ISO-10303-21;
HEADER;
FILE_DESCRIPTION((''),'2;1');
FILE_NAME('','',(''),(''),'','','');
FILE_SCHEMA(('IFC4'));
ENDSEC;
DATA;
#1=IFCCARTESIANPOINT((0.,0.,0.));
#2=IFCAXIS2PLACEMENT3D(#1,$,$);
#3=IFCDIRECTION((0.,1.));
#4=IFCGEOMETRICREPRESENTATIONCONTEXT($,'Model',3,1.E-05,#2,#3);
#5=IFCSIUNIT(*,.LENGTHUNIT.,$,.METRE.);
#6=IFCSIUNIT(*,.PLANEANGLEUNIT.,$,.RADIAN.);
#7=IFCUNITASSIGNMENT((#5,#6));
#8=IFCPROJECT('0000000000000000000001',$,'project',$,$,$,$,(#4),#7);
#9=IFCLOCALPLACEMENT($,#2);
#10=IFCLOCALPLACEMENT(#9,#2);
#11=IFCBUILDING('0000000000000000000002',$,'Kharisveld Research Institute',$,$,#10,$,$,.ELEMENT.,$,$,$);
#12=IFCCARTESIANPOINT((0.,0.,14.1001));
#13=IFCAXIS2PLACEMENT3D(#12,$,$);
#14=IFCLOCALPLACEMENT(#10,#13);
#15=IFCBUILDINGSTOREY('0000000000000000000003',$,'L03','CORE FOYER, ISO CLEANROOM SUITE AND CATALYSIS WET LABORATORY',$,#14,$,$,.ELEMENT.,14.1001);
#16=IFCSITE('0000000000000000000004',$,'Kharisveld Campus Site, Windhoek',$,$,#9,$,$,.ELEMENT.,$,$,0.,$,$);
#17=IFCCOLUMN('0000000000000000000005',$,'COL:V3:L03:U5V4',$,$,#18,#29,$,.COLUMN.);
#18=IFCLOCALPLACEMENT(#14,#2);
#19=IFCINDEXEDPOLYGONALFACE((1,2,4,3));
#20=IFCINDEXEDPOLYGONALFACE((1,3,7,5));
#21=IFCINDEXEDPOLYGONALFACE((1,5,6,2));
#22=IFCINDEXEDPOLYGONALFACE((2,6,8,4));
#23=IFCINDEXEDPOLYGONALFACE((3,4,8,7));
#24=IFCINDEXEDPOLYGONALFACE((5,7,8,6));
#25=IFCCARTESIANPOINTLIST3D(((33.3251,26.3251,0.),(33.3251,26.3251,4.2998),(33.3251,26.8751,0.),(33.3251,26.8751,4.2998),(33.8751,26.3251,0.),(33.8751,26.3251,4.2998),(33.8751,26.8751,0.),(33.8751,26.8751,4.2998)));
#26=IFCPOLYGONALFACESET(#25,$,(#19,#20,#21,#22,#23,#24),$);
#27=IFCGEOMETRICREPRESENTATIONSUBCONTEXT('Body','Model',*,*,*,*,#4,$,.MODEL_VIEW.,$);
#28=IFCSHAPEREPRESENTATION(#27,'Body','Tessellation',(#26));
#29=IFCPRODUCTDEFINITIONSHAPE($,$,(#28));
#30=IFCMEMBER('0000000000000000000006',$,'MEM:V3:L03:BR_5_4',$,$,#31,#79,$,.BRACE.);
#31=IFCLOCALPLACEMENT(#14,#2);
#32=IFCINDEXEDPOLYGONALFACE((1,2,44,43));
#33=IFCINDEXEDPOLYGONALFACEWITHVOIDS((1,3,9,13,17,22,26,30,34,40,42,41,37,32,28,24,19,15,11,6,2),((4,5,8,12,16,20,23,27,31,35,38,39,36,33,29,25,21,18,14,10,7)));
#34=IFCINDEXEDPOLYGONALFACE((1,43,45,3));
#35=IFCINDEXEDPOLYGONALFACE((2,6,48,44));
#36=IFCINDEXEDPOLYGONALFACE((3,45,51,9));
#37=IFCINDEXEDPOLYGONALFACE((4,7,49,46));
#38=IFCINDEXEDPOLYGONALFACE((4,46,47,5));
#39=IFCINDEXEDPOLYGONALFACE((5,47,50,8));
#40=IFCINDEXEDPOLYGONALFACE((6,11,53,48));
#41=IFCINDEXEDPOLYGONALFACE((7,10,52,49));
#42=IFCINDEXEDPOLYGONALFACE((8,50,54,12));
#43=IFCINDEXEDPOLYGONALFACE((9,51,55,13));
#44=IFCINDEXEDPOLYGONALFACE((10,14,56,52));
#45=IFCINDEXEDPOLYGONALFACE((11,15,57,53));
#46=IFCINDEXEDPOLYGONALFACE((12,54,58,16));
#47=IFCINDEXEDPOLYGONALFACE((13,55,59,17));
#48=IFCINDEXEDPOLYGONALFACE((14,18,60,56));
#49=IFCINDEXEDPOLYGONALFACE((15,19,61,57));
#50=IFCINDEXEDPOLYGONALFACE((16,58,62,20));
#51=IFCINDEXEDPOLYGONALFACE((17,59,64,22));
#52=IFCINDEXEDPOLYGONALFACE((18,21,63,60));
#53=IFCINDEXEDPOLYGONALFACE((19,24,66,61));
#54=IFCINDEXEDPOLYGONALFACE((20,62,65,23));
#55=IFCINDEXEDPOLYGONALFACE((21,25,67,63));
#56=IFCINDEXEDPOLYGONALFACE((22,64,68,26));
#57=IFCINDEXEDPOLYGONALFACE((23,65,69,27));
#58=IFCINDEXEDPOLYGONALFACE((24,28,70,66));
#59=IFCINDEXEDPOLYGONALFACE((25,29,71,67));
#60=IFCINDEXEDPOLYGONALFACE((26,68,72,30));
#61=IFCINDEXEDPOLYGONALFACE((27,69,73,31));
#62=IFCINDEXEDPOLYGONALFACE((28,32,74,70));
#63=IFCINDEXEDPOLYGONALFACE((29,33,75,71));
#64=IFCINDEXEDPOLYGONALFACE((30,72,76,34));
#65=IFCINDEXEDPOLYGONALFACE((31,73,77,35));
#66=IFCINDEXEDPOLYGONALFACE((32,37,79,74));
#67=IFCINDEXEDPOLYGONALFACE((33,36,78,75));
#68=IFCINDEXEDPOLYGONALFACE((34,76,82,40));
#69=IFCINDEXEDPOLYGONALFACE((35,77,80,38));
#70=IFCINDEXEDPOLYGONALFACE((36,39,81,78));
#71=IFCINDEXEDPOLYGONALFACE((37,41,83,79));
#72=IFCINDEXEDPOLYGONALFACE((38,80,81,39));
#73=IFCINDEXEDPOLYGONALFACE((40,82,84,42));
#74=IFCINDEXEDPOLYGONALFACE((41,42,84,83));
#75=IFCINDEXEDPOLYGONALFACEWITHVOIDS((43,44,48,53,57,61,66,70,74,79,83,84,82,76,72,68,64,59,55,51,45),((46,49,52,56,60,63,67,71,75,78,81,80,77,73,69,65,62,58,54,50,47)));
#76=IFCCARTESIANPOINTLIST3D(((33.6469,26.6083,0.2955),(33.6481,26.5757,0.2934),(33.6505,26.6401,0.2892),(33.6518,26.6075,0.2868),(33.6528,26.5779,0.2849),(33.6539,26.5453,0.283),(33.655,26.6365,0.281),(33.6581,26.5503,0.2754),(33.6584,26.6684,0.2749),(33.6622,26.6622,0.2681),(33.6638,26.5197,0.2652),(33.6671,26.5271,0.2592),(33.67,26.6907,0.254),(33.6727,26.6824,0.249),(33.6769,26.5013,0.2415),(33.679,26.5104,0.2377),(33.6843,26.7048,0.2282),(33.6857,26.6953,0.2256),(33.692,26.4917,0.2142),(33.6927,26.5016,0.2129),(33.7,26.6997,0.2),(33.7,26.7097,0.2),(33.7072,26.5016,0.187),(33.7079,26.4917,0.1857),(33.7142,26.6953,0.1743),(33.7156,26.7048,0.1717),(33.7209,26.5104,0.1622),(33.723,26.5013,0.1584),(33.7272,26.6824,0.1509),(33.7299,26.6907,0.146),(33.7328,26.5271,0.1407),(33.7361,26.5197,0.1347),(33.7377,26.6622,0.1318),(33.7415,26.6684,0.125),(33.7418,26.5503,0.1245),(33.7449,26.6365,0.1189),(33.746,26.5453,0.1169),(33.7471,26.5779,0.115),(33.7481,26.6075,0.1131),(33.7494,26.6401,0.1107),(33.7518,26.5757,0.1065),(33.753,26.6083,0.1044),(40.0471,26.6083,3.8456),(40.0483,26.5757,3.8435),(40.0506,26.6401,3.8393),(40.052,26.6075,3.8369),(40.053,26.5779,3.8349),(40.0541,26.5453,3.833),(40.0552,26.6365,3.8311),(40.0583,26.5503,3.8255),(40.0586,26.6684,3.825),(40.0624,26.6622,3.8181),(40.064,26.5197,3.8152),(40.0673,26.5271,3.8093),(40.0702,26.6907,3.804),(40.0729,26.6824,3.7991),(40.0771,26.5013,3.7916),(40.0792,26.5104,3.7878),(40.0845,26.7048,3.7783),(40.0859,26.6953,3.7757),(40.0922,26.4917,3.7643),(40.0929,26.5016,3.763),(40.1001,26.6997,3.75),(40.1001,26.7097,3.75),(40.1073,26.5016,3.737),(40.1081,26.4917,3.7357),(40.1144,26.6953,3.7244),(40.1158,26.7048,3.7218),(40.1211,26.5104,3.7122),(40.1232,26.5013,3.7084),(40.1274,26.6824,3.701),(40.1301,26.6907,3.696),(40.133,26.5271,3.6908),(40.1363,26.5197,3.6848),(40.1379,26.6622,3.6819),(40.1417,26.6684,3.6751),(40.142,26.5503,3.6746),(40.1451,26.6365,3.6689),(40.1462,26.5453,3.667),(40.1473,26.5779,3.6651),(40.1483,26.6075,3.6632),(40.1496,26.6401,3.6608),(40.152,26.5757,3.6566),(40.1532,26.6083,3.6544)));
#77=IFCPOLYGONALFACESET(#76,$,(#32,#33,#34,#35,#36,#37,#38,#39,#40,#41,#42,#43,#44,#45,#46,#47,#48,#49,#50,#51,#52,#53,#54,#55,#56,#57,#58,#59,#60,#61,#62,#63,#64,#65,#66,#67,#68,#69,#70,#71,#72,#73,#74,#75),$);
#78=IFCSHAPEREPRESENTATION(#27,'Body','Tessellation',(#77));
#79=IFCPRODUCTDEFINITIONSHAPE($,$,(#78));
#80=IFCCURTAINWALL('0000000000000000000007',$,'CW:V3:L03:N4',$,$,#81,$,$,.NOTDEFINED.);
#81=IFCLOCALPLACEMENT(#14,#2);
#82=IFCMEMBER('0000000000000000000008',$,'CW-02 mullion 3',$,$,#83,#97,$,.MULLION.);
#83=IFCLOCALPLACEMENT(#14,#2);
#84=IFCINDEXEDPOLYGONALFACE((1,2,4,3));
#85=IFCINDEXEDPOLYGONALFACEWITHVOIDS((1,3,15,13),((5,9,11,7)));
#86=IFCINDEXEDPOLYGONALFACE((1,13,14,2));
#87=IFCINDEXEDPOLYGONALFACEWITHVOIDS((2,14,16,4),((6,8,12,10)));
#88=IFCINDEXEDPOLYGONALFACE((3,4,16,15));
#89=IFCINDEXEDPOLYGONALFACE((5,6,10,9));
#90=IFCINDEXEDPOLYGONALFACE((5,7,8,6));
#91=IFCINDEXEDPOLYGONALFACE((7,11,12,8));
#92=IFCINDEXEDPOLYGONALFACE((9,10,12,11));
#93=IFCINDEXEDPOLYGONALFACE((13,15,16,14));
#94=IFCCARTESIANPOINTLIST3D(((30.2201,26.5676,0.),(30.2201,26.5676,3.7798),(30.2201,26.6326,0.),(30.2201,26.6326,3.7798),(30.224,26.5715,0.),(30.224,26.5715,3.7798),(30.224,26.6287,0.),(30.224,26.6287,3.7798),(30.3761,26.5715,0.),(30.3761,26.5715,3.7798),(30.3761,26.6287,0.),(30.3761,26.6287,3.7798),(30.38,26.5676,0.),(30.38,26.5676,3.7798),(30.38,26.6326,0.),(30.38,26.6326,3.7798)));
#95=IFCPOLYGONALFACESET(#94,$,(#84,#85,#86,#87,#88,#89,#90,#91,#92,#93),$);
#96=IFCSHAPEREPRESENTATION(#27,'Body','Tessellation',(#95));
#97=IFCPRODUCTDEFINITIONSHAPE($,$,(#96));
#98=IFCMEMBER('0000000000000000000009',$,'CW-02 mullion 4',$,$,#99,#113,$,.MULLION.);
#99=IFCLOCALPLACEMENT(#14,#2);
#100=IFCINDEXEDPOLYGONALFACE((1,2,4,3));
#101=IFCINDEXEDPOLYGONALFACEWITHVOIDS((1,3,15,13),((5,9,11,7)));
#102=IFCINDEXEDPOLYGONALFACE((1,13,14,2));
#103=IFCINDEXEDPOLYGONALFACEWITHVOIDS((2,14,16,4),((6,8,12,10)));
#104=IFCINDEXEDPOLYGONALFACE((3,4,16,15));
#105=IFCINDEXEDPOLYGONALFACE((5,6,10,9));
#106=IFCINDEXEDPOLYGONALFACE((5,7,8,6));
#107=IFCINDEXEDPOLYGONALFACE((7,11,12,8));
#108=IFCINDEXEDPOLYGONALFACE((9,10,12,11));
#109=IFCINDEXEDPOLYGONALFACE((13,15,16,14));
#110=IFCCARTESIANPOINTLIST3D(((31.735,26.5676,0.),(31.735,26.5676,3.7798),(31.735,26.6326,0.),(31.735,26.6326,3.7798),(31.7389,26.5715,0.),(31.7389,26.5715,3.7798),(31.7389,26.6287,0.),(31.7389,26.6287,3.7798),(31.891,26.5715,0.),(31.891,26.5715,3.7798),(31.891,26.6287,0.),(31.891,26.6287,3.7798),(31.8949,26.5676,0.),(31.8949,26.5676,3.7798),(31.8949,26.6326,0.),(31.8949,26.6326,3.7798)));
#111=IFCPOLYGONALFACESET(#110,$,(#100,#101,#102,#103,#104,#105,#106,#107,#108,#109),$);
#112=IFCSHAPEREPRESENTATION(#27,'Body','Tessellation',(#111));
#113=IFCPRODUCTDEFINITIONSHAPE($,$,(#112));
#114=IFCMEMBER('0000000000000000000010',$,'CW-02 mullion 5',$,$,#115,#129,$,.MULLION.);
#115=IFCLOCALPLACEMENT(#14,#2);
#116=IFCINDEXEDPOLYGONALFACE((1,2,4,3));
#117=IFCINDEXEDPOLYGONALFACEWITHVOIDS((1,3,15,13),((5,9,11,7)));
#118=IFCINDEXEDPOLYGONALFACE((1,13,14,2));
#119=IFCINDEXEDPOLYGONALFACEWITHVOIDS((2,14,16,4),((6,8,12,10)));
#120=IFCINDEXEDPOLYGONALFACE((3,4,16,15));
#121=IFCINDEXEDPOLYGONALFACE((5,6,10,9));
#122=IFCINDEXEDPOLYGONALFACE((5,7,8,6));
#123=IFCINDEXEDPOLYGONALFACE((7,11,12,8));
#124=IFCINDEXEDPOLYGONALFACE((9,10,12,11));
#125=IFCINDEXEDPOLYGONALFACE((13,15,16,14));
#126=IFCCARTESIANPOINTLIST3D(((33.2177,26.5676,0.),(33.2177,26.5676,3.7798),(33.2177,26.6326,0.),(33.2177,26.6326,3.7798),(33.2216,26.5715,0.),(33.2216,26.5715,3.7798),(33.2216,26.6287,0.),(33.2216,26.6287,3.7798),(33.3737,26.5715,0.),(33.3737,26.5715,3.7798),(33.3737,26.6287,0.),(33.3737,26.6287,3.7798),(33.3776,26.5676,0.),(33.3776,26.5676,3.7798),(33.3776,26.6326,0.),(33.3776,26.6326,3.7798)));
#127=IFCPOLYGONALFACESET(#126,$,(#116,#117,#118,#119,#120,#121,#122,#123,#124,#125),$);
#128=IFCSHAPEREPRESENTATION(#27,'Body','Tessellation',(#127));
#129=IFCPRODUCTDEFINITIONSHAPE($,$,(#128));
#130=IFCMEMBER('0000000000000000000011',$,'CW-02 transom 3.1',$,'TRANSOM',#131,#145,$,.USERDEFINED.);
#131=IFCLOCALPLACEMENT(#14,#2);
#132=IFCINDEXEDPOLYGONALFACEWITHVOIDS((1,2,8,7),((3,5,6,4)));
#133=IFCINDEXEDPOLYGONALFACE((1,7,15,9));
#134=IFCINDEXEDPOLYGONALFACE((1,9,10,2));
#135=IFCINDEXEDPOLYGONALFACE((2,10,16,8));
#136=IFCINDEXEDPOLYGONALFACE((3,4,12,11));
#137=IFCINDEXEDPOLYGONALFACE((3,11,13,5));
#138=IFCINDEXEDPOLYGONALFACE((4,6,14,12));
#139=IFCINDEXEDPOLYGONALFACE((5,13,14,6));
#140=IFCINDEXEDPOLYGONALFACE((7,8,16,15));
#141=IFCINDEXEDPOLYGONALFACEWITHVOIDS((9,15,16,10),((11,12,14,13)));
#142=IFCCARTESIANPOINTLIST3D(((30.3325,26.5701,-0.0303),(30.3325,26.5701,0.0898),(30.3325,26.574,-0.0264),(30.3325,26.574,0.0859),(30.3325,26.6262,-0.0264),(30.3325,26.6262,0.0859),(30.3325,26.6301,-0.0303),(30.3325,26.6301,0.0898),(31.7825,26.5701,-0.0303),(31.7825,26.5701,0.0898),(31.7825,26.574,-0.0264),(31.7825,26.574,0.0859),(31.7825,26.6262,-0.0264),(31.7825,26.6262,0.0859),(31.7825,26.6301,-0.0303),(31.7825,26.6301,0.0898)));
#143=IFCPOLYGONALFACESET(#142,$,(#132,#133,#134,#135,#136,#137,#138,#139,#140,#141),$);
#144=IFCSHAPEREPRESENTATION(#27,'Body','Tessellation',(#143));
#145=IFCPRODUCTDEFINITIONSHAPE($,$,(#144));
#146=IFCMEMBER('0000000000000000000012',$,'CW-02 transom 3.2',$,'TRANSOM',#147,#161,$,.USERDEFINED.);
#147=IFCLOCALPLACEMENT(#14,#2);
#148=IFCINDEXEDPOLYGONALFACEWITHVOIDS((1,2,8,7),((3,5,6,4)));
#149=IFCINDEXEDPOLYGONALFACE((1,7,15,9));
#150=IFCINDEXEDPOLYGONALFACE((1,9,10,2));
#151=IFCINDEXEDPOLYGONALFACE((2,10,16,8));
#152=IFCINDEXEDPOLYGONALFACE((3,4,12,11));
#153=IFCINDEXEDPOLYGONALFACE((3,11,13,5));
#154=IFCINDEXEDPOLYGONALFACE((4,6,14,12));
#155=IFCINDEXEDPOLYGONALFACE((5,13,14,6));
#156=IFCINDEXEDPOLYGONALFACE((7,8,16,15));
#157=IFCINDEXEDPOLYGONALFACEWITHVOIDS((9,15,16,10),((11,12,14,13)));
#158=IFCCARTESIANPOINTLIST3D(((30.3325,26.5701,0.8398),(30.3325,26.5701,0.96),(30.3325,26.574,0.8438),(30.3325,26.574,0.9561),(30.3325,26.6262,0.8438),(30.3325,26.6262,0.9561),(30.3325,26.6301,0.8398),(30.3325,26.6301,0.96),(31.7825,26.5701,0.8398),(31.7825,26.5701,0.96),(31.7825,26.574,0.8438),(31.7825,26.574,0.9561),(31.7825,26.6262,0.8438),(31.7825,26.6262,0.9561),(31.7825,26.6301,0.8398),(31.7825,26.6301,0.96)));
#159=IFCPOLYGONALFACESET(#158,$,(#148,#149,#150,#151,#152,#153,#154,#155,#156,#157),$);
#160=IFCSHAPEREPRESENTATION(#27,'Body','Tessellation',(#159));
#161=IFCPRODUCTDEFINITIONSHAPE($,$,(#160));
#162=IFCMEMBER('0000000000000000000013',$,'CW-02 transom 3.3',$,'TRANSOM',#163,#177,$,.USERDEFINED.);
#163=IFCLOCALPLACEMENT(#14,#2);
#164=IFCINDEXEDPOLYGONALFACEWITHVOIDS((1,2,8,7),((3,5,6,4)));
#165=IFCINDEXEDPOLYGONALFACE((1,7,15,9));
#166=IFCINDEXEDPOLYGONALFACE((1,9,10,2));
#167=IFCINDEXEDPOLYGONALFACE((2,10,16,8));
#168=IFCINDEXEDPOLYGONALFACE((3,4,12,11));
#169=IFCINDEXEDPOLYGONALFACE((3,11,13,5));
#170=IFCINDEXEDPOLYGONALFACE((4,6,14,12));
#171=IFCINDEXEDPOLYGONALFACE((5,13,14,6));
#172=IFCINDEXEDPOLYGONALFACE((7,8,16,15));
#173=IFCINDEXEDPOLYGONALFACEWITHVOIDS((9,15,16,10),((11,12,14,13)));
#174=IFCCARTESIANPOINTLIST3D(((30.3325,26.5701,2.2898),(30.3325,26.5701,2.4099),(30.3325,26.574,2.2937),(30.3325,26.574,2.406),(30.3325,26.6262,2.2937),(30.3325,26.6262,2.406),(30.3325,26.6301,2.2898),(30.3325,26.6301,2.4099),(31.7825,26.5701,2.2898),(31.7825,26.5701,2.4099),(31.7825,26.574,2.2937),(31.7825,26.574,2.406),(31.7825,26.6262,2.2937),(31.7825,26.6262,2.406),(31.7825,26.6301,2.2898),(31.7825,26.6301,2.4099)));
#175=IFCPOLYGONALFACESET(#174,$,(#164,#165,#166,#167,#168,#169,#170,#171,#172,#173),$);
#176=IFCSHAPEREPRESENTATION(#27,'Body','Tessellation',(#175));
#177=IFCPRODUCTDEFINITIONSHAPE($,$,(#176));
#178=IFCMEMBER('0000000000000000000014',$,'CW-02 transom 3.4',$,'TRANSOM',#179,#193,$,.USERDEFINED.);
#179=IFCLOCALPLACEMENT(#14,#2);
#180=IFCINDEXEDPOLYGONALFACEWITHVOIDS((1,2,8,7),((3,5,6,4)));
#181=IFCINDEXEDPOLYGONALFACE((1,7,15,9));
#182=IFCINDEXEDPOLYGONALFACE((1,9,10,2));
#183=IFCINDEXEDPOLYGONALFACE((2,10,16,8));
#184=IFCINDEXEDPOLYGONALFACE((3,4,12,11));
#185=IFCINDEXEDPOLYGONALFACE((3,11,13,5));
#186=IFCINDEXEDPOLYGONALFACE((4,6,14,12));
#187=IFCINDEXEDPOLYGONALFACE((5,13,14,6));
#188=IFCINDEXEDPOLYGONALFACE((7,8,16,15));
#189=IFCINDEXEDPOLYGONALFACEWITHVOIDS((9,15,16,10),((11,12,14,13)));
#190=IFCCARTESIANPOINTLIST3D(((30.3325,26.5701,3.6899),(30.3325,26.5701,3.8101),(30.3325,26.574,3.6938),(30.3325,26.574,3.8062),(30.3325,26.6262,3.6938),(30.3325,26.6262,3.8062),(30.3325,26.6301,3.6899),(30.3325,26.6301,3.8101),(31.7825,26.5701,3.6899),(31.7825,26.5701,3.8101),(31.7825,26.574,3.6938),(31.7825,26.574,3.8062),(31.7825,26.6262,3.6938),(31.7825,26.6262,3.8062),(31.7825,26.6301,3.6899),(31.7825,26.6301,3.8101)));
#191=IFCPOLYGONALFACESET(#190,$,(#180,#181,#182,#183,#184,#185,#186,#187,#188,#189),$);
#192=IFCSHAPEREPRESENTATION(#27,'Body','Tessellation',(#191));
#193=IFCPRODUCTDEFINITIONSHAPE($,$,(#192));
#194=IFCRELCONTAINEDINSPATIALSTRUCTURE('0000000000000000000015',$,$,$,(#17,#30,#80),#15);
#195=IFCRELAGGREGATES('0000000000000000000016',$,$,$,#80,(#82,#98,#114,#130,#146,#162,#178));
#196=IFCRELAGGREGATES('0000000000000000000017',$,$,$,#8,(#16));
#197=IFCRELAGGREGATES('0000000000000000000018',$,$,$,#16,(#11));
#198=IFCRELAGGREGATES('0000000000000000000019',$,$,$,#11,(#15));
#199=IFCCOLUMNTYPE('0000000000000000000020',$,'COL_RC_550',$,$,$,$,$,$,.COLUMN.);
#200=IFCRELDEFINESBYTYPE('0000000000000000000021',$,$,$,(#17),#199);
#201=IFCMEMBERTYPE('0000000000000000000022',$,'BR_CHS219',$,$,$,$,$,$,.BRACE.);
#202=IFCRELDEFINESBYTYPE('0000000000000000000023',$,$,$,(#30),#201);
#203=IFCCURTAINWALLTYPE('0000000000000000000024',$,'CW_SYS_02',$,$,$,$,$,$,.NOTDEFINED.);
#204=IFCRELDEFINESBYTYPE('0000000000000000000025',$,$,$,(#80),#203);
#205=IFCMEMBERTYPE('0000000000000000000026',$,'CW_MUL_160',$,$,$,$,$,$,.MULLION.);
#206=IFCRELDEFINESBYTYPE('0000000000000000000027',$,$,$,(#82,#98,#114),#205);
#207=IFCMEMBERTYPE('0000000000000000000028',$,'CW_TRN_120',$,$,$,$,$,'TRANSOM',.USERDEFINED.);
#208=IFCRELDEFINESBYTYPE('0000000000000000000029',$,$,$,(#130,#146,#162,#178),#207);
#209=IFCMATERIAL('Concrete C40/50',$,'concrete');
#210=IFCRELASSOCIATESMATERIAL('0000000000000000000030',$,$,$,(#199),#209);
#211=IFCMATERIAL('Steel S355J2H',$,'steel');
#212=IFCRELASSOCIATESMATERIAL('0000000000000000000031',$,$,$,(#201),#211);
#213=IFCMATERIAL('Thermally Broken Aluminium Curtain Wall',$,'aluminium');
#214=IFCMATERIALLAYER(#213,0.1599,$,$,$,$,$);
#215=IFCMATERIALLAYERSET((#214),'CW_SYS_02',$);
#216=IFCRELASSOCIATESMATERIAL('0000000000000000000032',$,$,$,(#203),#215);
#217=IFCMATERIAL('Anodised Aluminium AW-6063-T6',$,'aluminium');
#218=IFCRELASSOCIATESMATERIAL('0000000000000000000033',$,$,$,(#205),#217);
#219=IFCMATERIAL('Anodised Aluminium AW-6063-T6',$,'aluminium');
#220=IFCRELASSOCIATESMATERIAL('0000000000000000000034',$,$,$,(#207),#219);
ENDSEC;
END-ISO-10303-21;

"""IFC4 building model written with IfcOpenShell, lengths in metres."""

from ifc_helpers import new_model, si_unit, direction, frame, origin, origin_2d, place, context, subcontext, project, spatial, rectangle, hollow_rectangle, hollow_circle, extrude, material, layer, layer_set, material_profile, profile_set, type_object, element, aggregate, save


model = new_model("IFC4")

# Units and contexts
model_context = context("Model", 3, precision=1e-05, world=origin(), true_north=direction((0.0, 1.0)))
body_context = subcontext(model_context, "Body", "Model", "MODEL_VIEW")
ifc_project = project(units=[si_unit("LENGTHUNIT", "METRE"), si_unit("PLANEANGLEUNIT", "RADIAN")], contexts=[model_context])

# Site, building, storey
site_placement = place(None, origin())
site = spatial("IfcSite", under=ifc_project, at=site_placement, Name="Kharisveld Campus Site, Windhoek", CompositionType="ELEMENT", RefElevation=0.0)
building_placement = place(site_placement, origin())
building = spatial("IfcBuilding", under=site, at=building_placement, Name="Kharisveld Research Institute", CompositionType="ELEMENT")
storey_placement = place(building_placement, frame((0.0, 0.0, 14.1001)))
storey = spatial("IfcBuildingStorey", under=building, at=storey_placement, Name="L03", Description="CORE FOYER, ISO CLEANROOM SUITE AND CATALYSIS WET LABORATORY", CompositionType="ELEMENT", Elevation=14.1001)

# Column
ifc_material_1 = material(Name="Concrete C40/50", Category="concrete")
ifc_material_profile_1 = material_profile(ifc_material_1, rectangle(XDim=0.55, YDim=0.55, at=origin_2d()))
ifc_profile_set_1 = profile_set([ifc_material_profile_1], Name="Concrete C40/50")
column_type = type_object("IfcColumnType", Name="COL_RC_550", PredefinedType="COLUMN", material=ifc_profile_set_1)
column_placement = place(storey_placement, frame((33.6001, 26.6001, 0.0), z_axis=(0.0, 0.0, 1.0), x_axis=(1.0, 0.0, 0.0)))
element("IfcColumn", 1, at=column_placement, inside=storey, type_object=column_type, Name="COL:V3:L03:U5V4", PredefinedType="COLUMN", context=body_context, shape_type="SweptSolid", body=[
    extrude(rectangle(XDim=0.55, YDim=0.55, at=origin_2d()), origin(), (0.0, 0.0, 1.0), 4.2998),
])

# Member
ifc_material_2 = material(Name="Steel S355J2H", Category="steel")
ifc_material_profile_2 = material_profile(ifc_material_2, hollow_circle(Radius=0.1096, WallThickness=0.01, at=origin_2d()))
ifc_profile_set_2 = profile_set([ifc_material_profile_2], Name="Steel S355J2H")
member_type_1 = type_object("IfcMemberType", Name="BR_CHS219", PredefinedType="BRACE", material=ifc_profile_set_2)
member_1_placement = place(storey_placement, frame((33.7, 26.6001, 0.2), z_axis=(0.874481, 0.0, 0.485059), x_axis=(0.0, 1.0, 0.0)))
element("IfcMember", 2, at=member_1_placement, inside=storey, type_object=member_type_1, Name="MEM:V3:L03:BR_5_4", PredefinedType="BRACE", context=body_context, shape_type="SweptSolid", body=[
    extrude(hollow_circle(Radius=0.1096, WallThickness=0.01, at=origin_2d()), origin(), (0.0, 0.0, 1.0), 7.3188),
])

# Curtain wall, members
ifc_material_3 = material(Name="Thermally Broken Aluminium Curtain Wall", Category="aluminium")
ifc_layer_1 = layer(ifc_material_3, 0.1599)
ifc_layer_set_1 = layer_set([ifc_layer_1], Name="CW_SYS_02")
curtain_wall_type = type_object("IfcCurtainWallType", Name="CW_SYS_02", PredefinedType="NOTDEFINED", material=ifc_layer_set_1)
curtain_wall_placement = place(storey_placement, origin())
curtain_wall = element("IfcCurtainWall", 3, at=curtain_wall_placement, inside=storey, type_object=curtain_wall_type, Name="CW:V3:L03:N4", PredefinedType="NOTDEFINED")
ifc_material_4 = material(Name="Anodised Aluminium AW-6063-T6", Category="aluminium")
ifc_material_profile_3 = material_profile(ifc_material_4, hollow_rectangle(XDim=0.0649, YDim=0.1599, WallThickness=0.0039, at=origin_2d()))
ifc_profile_set_3 = profile_set([ifc_material_profile_3], Name="Anodised Aluminium AW-6063-T6")
member_type_2 = type_object("IfcMemberType", Name="CW_MUL_160", PredefinedType="MULLION", material=ifc_profile_set_3)
member_2_placement = place(storey_placement, frame((30.3, 26.6001, 0.0), z_axis=(0.0, 0.0, 1.0), x_axis=(0.0, 1.0, 0.0)))
member_2 = element("IfcMember", 4, at=member_2_placement, type_object=member_type_2, Name="CW-02 mullion 3", PredefinedType="MULLION", context=body_context, shape_type="SweptSolid", body=[
    extrude(hollow_rectangle(XDim=0.0649, YDim=0.1599, WallThickness=0.0039, at=origin_2d()), origin(), (0.0, 0.0, 1.0), 3.7798),
])
member_3_placement = place(storey_placement, frame((31.8149, 26.6001, 0.0), z_axis=(0.0, 0.0, 1.0), x_axis=(0.0, 1.0, 0.0)))
member_3 = element("IfcMember", 5, at=member_3_placement, type_object=member_type_2, Name="CW-02 mullion 4", PredefinedType="MULLION", context=body_context, shape_type="SweptSolid", body=[
    extrude(hollow_rectangle(XDim=0.0649, YDim=0.1599, WallThickness=0.0039, at=origin_2d()), origin(), (0.0, 0.0, 1.0), 3.7798),
])
member_4_placement = place(storey_placement, frame((33.2976, 26.6001, 0.0), z_axis=(0.0, 0.0, 1.0), x_axis=(0.0, 1.0, 0.0)))
member_4 = element("IfcMember", 6, at=member_4_placement, type_object=member_type_2, Name="CW-02 mullion 5", PredefinedType="MULLION", context=body_context, shape_type="SweptSolid", body=[
    extrude(hollow_rectangle(XDim=0.0649, YDim=0.1599, WallThickness=0.0039, at=origin_2d()), origin(), (0.0, 0.0, 1.0), 3.7798),
])
ifc_material_5 = material(Name="Anodised Aluminium AW-6063-T6", Category="aluminium")
ifc_material_profile_4 = material_profile(ifc_material_5, hollow_rectangle(XDim=0.0601, YDim=0.1201, WallThickness=0.0039, at=origin_2d()))
ifc_profile_set_4 = profile_set([ifc_material_profile_4], Name="Anodised Aluminium AW-6063-T6")
member_type_3 = type_object("IfcMemberType", Name="CW_TRN_120", ElementType="TRANSOM", PredefinedType="USERDEFINED", material=ifc_profile_set_4)
member_5_placement = place(storey_placement, frame((30.3325, 26.6001, 0.0298), z_axis=(1.0, 0.0, 0.0), x_axis=(0.0, 1.0, 0.0)))
member_5 = element("IfcMember", 7, at=member_5_placement, type_object=member_type_3, Name="CW-02 transom 3.1", ObjectType="TRANSOM", PredefinedType="USERDEFINED", context=body_context, shape_type="SweptSolid", body=[
    extrude(hollow_rectangle(XDim=0.0601, YDim=0.1201, WallThickness=0.0039, at=origin_2d()), origin(), (0.0, 0.0, 1.0), 1.45),
])
member_6_placement = place(storey_placement, frame((30.3325, 26.6001, 0.8999), z_axis=(1.0, 0.0, 0.0), x_axis=(0.0, 1.0, 0.0)))
member_6 = element("IfcMember", 8, at=member_6_placement, type_object=member_type_3, Name="CW-02 transom 3.2", ObjectType="TRANSOM", PredefinedType="USERDEFINED", context=body_context, shape_type="SweptSolid", body=[
    extrude(hollow_rectangle(XDim=0.0601, YDim=0.1201, WallThickness=0.0039, at=origin_2d()), origin(), (0.0, 0.0, 1.0), 1.45),
])
member_7_placement = place(storey_placement, frame((30.3325, 26.6001, 2.3499), z_axis=(1.0, 0.0, 0.0), x_axis=(0.0, 1.0, 0.0)))
member_7 = element("IfcMember", 9, at=member_7_placement, type_object=member_type_3, Name="CW-02 transom 3.3", ObjectType="TRANSOM", PredefinedType="USERDEFINED", context=body_context, shape_type="SweptSolid", body=[
    extrude(hollow_rectangle(XDim=0.0601, YDim=0.1201, WallThickness=0.0039, at=origin_2d()), origin(), (0.0, 0.0, 1.0), 1.45),
])
member_8_placement = place(storey_placement, frame((30.3325, 26.6001, 3.75), z_axis=(1.0, 0.0, 0.0), x_axis=(0.0, 1.0, 0.0)))
member_8 = element("IfcMember", 10, at=member_8_placement, type_object=member_type_3, Name="CW-02 transom 3.4", ObjectType="TRANSOM", PredefinedType="USERDEFINED", context=body_context, shape_type="SweptSolid", body=[
    extrude(hollow_rectangle(XDim=0.0601, YDim=0.1201, WallThickness=0.0039, at=origin_2d()), origin(), (0.0, 0.0, 1.0), 1.45),
])

aggregate(curtain_wall, [member_2, member_3, member_4, member_5, member_6, member_7, member_8])

save(model, "model.ifc")
